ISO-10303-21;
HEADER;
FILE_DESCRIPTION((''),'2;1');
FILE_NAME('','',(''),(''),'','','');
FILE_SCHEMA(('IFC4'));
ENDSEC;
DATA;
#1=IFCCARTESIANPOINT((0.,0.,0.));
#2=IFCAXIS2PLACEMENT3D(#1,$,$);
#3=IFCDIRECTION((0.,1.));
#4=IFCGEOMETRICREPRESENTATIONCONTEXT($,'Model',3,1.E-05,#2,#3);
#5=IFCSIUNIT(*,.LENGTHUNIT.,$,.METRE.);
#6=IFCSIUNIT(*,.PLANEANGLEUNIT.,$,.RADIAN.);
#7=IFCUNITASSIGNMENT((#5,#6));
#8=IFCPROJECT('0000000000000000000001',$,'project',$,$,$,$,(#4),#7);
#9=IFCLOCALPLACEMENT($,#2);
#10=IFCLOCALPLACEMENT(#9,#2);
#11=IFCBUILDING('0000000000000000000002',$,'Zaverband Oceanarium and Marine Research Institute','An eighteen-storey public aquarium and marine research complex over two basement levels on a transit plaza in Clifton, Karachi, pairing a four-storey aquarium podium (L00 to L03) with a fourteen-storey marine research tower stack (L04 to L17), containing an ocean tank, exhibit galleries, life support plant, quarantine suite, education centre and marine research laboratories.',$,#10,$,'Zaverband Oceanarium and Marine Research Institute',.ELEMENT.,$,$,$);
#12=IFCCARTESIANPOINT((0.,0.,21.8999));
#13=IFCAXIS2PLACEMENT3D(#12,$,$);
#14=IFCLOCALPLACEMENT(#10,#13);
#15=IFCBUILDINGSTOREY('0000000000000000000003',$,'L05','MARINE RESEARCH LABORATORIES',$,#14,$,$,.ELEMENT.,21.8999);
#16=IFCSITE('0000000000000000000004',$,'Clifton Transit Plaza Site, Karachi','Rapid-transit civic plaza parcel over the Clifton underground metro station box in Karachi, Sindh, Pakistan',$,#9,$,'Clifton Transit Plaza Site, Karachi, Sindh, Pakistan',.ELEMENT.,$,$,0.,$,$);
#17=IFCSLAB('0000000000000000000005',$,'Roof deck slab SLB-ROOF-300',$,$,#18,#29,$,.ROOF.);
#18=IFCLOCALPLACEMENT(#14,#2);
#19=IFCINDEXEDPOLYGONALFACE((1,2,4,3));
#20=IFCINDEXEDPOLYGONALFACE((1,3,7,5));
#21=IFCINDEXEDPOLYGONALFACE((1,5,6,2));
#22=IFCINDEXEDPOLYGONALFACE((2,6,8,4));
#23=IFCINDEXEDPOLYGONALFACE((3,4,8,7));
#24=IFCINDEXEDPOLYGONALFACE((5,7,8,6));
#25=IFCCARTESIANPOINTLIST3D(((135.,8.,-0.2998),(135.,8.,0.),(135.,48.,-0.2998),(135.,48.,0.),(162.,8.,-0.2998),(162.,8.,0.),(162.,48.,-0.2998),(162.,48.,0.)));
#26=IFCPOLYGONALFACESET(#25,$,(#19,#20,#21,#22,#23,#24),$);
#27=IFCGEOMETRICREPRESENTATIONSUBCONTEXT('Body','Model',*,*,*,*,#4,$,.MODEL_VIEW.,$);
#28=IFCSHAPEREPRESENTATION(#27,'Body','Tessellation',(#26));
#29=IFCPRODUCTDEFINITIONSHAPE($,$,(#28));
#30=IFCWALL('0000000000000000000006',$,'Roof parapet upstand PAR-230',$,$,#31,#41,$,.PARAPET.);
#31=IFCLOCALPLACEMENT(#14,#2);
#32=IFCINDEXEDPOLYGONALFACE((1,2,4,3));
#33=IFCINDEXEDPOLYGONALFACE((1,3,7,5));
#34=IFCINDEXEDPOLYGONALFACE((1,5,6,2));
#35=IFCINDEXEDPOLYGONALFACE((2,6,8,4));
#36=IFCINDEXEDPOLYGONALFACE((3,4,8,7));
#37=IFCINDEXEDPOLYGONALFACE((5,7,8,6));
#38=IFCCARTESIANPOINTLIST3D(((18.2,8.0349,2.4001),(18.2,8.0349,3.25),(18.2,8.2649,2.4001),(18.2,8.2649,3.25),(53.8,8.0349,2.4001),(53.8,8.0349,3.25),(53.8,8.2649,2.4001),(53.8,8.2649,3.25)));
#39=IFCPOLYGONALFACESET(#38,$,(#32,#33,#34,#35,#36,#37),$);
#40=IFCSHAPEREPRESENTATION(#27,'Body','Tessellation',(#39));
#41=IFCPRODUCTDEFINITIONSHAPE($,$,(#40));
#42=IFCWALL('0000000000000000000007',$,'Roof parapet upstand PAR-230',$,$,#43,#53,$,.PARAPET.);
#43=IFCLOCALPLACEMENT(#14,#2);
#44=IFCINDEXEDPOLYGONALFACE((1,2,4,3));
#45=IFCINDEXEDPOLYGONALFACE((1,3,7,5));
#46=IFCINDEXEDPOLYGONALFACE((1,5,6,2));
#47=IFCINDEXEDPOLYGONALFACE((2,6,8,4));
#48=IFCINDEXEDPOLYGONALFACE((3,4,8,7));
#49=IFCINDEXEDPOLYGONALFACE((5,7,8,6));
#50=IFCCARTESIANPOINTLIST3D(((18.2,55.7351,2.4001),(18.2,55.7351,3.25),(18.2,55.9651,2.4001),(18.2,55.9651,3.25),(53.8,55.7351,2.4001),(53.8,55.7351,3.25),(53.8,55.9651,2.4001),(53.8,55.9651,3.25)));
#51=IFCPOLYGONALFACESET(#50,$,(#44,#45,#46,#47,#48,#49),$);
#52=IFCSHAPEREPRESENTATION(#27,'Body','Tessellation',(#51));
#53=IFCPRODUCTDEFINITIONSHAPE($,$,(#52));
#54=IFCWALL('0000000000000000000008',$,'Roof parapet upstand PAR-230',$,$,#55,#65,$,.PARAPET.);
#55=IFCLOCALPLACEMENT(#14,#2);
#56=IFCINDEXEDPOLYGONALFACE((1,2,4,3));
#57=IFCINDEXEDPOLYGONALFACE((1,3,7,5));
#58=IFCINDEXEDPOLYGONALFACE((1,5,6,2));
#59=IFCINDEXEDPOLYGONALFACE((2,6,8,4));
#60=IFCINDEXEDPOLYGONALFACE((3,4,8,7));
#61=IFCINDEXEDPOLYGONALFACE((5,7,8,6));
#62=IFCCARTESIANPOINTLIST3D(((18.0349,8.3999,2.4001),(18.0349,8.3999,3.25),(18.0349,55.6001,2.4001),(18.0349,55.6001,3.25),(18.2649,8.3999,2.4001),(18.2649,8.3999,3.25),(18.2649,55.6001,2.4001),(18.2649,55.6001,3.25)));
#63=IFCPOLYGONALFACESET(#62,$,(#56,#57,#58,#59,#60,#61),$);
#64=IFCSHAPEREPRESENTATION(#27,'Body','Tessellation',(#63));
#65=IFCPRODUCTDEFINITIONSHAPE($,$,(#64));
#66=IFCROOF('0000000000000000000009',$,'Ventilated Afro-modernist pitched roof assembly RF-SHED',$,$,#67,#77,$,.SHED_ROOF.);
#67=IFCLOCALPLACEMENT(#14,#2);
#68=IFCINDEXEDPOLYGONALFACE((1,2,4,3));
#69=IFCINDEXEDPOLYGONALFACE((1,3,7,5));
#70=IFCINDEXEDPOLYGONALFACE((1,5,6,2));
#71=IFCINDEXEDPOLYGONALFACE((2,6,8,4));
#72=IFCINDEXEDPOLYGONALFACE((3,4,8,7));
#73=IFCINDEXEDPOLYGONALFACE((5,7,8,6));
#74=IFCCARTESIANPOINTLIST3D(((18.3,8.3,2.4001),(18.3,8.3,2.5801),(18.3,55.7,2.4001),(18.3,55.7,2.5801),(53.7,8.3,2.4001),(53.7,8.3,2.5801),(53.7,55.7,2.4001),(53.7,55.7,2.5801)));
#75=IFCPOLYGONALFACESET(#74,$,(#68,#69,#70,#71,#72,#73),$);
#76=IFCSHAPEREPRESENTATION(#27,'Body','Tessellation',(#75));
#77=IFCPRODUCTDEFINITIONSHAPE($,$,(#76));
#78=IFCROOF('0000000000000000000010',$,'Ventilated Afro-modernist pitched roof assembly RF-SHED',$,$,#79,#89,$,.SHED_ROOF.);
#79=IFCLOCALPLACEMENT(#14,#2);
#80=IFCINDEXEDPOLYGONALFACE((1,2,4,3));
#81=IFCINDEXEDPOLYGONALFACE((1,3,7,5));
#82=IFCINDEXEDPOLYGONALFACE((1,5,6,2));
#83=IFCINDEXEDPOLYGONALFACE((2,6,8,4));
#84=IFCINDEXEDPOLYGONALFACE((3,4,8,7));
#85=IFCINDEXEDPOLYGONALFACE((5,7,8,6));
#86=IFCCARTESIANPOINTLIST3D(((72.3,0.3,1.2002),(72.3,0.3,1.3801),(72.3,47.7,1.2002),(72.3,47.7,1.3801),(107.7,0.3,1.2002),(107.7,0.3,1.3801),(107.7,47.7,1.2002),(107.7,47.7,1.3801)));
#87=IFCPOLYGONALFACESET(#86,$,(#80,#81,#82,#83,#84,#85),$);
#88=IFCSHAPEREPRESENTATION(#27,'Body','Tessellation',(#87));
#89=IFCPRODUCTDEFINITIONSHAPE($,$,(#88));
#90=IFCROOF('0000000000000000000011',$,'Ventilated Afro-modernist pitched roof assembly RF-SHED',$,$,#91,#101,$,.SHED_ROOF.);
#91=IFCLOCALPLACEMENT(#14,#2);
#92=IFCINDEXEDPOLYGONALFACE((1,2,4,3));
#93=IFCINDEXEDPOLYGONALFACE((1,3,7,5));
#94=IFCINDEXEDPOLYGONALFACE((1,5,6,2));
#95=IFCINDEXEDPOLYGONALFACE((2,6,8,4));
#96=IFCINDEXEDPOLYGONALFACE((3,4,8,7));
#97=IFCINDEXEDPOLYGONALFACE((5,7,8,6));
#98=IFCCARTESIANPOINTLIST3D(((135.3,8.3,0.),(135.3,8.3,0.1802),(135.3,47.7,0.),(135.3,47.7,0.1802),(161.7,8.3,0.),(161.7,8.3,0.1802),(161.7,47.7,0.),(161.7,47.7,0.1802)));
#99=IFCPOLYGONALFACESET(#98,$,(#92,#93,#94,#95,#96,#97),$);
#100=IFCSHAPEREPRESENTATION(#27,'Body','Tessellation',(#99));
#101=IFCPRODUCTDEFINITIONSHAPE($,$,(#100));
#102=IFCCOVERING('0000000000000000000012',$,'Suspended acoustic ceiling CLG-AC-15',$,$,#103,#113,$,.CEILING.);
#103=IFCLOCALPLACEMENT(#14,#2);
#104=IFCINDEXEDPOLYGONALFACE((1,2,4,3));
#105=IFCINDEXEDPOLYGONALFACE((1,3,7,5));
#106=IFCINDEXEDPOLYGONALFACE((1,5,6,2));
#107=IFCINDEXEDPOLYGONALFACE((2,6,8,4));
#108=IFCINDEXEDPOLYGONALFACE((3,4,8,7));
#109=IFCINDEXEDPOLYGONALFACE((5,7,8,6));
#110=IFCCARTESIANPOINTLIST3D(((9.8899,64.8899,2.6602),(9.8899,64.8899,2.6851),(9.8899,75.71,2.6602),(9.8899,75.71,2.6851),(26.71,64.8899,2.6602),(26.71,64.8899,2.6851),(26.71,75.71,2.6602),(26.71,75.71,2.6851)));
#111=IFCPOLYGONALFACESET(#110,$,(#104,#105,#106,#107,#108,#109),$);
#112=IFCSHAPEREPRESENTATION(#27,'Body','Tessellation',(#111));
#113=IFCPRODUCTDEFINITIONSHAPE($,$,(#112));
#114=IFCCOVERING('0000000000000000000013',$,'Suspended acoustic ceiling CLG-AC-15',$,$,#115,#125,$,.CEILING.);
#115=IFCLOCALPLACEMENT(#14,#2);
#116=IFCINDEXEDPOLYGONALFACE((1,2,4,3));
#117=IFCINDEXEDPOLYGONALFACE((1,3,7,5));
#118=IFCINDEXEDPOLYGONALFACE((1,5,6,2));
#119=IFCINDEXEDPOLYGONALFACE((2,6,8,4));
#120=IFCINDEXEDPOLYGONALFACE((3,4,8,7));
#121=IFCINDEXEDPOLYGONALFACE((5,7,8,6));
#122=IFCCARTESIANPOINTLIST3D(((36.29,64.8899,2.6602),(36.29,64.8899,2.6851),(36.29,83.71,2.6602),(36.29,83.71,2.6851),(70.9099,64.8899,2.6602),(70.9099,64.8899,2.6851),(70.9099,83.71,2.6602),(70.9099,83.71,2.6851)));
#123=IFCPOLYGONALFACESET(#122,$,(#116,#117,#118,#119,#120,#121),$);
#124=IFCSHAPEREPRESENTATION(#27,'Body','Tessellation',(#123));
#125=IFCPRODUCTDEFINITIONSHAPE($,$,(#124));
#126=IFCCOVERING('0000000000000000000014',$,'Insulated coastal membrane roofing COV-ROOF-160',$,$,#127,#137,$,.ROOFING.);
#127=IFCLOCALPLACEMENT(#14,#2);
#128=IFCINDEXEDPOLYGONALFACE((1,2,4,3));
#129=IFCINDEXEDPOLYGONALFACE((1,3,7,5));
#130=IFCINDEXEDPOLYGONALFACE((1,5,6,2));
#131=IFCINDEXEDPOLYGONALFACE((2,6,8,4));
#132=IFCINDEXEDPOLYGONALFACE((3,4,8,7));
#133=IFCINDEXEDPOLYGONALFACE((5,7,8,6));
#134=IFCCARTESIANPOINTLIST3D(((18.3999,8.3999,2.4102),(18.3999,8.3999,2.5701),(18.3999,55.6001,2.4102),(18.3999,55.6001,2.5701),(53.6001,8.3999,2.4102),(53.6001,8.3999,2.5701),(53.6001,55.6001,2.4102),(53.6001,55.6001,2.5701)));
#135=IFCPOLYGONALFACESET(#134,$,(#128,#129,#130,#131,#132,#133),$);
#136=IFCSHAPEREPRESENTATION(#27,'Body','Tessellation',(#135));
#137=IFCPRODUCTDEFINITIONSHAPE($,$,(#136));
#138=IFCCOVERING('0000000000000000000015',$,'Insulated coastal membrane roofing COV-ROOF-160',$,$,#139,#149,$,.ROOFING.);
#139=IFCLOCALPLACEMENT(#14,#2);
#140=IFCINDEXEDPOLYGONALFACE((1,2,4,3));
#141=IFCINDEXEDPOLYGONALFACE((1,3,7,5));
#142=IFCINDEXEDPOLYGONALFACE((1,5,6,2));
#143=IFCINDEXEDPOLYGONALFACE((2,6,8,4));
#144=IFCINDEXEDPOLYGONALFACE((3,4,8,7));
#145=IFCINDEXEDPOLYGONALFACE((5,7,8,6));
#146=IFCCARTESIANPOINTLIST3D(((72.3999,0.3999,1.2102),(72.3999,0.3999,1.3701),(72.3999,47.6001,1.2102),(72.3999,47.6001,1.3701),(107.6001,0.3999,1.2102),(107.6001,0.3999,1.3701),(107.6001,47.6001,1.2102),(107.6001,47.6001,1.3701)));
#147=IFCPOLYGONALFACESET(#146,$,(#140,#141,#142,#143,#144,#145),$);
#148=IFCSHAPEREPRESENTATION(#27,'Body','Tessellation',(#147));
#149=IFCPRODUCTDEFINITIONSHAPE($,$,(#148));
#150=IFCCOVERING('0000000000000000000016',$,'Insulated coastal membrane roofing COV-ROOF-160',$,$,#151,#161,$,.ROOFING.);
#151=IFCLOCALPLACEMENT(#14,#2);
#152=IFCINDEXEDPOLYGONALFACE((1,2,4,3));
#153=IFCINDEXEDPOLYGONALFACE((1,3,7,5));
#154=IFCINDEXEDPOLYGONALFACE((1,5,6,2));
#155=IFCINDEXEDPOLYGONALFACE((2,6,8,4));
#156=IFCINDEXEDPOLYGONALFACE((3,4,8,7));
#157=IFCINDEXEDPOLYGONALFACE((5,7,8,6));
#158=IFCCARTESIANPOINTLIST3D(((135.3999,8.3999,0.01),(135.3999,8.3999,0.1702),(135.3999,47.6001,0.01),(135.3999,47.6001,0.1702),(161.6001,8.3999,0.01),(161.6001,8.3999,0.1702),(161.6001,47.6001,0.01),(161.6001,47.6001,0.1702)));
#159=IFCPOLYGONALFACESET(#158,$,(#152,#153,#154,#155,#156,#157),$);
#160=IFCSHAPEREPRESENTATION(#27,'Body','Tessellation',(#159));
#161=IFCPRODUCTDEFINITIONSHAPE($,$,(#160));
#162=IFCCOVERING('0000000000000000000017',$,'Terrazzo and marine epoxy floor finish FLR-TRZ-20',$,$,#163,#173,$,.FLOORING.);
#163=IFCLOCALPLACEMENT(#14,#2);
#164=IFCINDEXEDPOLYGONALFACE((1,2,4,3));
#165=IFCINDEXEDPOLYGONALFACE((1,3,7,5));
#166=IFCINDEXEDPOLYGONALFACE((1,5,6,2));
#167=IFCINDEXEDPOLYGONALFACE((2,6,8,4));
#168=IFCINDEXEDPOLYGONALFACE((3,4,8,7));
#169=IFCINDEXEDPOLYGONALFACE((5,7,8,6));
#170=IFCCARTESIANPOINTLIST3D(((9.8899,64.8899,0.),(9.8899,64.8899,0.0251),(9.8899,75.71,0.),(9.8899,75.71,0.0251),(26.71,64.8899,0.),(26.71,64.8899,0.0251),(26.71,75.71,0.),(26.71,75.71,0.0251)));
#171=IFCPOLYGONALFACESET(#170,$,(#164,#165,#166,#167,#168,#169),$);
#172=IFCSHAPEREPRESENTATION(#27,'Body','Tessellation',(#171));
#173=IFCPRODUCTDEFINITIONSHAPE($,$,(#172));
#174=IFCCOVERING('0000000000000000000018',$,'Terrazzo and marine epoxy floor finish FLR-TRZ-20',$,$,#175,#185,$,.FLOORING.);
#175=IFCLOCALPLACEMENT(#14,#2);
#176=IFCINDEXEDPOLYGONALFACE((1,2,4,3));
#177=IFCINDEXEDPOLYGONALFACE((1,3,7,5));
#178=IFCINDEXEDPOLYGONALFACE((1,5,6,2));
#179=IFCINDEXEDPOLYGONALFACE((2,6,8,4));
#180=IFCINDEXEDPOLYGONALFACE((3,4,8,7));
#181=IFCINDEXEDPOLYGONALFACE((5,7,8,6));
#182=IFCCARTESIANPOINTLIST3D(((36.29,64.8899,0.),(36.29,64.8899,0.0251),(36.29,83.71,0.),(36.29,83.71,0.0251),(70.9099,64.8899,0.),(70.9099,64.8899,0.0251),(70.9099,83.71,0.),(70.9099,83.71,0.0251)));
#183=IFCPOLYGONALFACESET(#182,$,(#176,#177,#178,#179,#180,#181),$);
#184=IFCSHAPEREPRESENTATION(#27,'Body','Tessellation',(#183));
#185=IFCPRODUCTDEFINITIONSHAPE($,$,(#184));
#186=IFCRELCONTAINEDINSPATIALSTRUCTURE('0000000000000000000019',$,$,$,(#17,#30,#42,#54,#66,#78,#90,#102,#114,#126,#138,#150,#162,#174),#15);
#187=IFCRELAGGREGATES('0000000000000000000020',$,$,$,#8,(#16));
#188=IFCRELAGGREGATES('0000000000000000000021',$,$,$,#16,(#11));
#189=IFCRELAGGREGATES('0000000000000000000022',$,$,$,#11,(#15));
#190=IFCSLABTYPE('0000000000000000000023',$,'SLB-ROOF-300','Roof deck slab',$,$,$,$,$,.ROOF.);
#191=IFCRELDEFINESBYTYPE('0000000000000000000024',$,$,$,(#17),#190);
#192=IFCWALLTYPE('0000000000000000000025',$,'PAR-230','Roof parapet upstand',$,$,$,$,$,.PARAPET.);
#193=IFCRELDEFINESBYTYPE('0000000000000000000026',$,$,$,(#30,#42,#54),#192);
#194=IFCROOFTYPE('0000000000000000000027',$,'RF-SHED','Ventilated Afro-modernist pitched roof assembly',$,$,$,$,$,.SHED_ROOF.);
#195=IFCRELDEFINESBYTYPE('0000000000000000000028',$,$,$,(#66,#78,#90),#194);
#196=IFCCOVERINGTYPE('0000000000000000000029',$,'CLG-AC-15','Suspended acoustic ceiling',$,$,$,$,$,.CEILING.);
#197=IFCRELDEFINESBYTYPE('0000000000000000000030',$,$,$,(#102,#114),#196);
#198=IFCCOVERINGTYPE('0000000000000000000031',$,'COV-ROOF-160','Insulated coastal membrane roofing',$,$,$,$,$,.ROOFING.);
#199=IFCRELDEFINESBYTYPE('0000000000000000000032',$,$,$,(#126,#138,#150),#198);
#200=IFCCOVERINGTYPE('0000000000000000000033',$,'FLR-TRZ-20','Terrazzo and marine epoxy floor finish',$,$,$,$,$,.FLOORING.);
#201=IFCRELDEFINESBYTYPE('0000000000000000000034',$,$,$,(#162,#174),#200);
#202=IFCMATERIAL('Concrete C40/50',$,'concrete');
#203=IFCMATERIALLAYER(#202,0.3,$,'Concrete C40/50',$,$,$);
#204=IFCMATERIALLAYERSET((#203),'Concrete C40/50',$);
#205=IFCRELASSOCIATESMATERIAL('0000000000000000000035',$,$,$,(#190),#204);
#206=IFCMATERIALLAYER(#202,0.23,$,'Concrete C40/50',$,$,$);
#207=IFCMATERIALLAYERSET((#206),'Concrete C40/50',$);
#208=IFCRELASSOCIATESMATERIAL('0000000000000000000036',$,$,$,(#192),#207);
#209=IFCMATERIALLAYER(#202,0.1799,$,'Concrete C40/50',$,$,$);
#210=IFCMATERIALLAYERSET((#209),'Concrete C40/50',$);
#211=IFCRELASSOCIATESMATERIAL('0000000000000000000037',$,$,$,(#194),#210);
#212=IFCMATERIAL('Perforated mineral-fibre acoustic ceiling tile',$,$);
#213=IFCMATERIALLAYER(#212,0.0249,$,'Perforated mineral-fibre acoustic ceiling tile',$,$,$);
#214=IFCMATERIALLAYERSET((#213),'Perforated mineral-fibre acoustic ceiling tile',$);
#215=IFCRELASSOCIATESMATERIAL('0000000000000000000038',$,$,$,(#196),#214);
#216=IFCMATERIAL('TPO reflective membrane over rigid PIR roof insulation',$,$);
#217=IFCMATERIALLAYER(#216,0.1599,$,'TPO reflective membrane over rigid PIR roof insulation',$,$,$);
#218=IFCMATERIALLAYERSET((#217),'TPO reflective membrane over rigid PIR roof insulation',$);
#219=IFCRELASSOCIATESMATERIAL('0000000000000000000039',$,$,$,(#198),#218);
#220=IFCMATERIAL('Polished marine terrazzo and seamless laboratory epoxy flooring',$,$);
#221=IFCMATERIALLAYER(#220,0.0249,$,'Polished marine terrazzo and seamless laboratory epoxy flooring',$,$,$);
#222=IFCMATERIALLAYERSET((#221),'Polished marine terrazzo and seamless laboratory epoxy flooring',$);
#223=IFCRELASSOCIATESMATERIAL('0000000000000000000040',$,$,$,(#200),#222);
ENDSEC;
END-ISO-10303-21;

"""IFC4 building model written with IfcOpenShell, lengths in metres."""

from ifc_helpers import new_model, si_unit, direction, frame, frame_2d, origin, place, context, subcontext, project, spatial, polyline, rectangle, outline, extrude, material, layer, layer_set, type_object, element, save


model = new_model("IFC4")

# Units and contexts
model_context = context("Model", 3, precision=1e-05, world=origin(), true_north=direction((0.0, 1.0)))
body_context = subcontext(model_context, "Body", "Model", "MODEL_VIEW")
ifc_project = project(units=[si_unit("LENGTHUNIT", "METRE"), si_unit("PLANEANGLEUNIT", "RADIAN")], contexts=[model_context])

# Site, building, storey
site_placement = place(None, origin())
site = spatial("IfcSite", under=ifc_project, at=site_placement, Name="Clifton Transit Plaza Site, Karachi", Description="Rapid-transit civic plaza parcel over the Clifton underground metro station box in Karachi, Sindh, Pakistan", LongName="Clifton Transit Plaza Site, Karachi, Sindh, Pakistan", CompositionType="ELEMENT", RefElevation=0.0)
building_placement = place(site_placement, origin())
building = spatial("IfcBuilding", under=site, at=building_placement, Name="Zaverband Oceanarium and Marine Research Institute", Description="An eighteen-storey public aquarium and marine research complex over two basement levels on a transit plaza in Clifton, Karachi, pairing a four-storey aquarium podium (L00 to L03) with a fourteen-storey marine research tower stack (L04 to L17), containing an ocean tank, exhibit galleries, life support plant, quarantine suite, education centre and marine research laboratories.", LongName="Zaverband Oceanarium and Marine Research Institute", CompositionType="ELEMENT")
storey_placement = place(building_placement, frame((0.0, 0.0, 21.8999)))
storey = spatial("IfcBuildingStorey", under=building, at=storey_placement, Name="L05", Description="MARINE RESEARCH LABORATORIES", CompositionType="ELEMENT", Elevation=21.8999)

# Shared definitions
ifc_material_1 = material(Name="Concrete C40/50", Category="concrete")

# Slab
ifc_layer_1 = layer(ifc_material_1, 0.3, Name="Concrete C40/50")
ifc_layer_set_1 = layer_set([ifc_layer_1], Name="Concrete C40/50")
slab_type_1 = type_object("IfcSlabType", Name="SLB-ROOF-300", Description="Roof deck slab", PredefinedType="ROOF", material=ifc_layer_set_1)
slab_1_placement = place(storey_placement, frame((0.0, 0.0, -0.2998)))
element("IfcSlab", 1, at=slab_1_placement, inside=storey, type_object=slab_type_1, Name="Roof deck slab SLB-ROOF-300", PredefinedType="ROOF", context=body_context, shape_type="SweptSolid", body=[
    extrude(outline(polyline([(135.0, 8.0), (162.0, 8.0), (162.0, 48.0), (135.0, 48.0), (135.0, 8.0)])), origin(), (0.0, 0.0, 1.0), 0.2998),
])

# Walls
ifc_layer_2 = layer(ifc_material_1, 0.23, Name="Concrete C40/50")
ifc_layer_set_2 = layer_set([ifc_layer_2], Name="Concrete C40/50")
wall_type = type_object("IfcWallType", Name="PAR-230", Description="Roof parapet upstand", PredefinedType="PARAPET", material=ifc_layer_set_2)
for number, where, z_axis, x_axis, name in (
    (2, (18.2, 8.1499, 2.4001), (0.0, 0.0, 1.0), (1.0, 0.0, 0.0), "Roof parapet upstand PAR-230"),
    (3, (18.2, 55.8501, 2.4001), (0.0, 0.0, 1.0), (1.0, 0.0, 0.0), "Roof parapet upstand PAR-230"),
):
    element("IfcWall", number, at=place(storey_placement, frame(where, z_axis=z_axis, x_axis=x_axis)), inside=storey, type_object=wall_type, Name=name, PredefinedType="PARAPET", context=body_context, shape_type="SweptSolid", body=[
        extrude(rectangle(XDim=35.6001, YDim=0.23, at=frame_2d((17.8, 0.0))), origin(), (0.0, 0.0, 1.0), 0.8499),
    ])
wall_placement = place(storey_placement, frame((18.1499, 8.3999, 2.4001), z_axis=(0.0, 0.0, 1.0), x_axis=(0.0, 1.0, 0.0)))
element("IfcWall", 4, at=wall_placement, inside=storey, type_object=wall_type, Name="Roof parapet upstand PAR-230", PredefinedType="PARAPET", context=body_context, shape_type="SweptSolid", body=[
    extrude(rectangle(XDim=47.2002, YDim=0.23, at=frame_2d((23.6001, 0.0))), origin(), (0.0, 0.0, 1.0), 0.8499),
])

# Roofs
ifc_layer_3 = layer(ifc_material_1, 0.1799, Name="Concrete C40/50")
ifc_layer_set_3 = layer_set([ifc_layer_3], Name="Concrete C40/50")
roof_type = type_object("IfcRoofType", Name="RF-SHED", Description="Ventilated Afro-modernist pitched roof assembly", PredefinedType="SHED_ROOF", material=ifc_layer_set_3)
roof_1_placement = place(storey_placement, frame((0.0, 0.0, 2.4001)))
element("IfcRoof", 5, at=roof_1_placement, inside=storey, type_object=roof_type, Name="Ventilated Afro-modernist pitched roof assembly RF-SHED", PredefinedType="SHED_ROOF", context=body_context, shape_type="SweptSolid", body=[
    extrude(outline(polyline([(18.3, 8.3), (53.7, 8.3), (53.7, 55.7), (18.3, 55.7), (18.3, 8.3)])), origin(), (0.0, 0.0, 1.0), 0.1799),
])
roof_2_placement = place(storey_placement, frame((0.0, 0.0, 1.2002)))
element("IfcRoof", 6, at=roof_2_placement, inside=storey, type_object=roof_type, Name="Ventilated Afro-modernist pitched roof assembly RF-SHED", PredefinedType="SHED_ROOF", context=body_context, shape_type="SweptSolid", body=[
    extrude(outline(polyline([(72.3, 0.3), (107.7, 0.3), (107.7, 47.7), (72.3, 47.7), (72.3, 0.3)])), origin(), (0.0, 0.0, 1.0), 0.1799),
])
roof_3_placement = place(storey_placement, origin())
element("IfcRoof", 7, at=roof_3_placement, inside=storey, type_object=roof_type, Name="Ventilated Afro-modernist pitched roof assembly RF-SHED", PredefinedType="SHED_ROOF", context=body_context, shape_type="SweptSolid", body=[
    extrude(outline(polyline([(135.3, 8.3), (161.7, 8.3), (161.7, 47.7), (135.3, 47.7), (135.3, 8.3)])), origin(), (0.0, 0.0, 1.0), 0.1802),
])

# Coverings
ifc_material_2 = material(Name="Perforated mineral-fibre acoustic ceiling tile")
ifc_layer_4 = layer(ifc_material_2, 0.0249, Name="Perforated mineral-fibre acoustic ceiling tile")
ifc_layer_set_4 = layer_set([ifc_layer_4], Name="Perforated mineral-fibre acoustic ceiling tile")
covering_type_1 = type_object("IfcCoveringType", Name="CLG-AC-15", Description="Suspended acoustic ceiling", PredefinedType="CEILING", material=ifc_layer_set_4)
covering_1_placement = place(storey_placement, frame((0.0, 0.0, 2.6602)))
element("IfcCovering", 8, at=covering_1_placement, inside=storey, type_object=covering_type_1, Name="Suspended acoustic ceiling CLG-AC-15", PredefinedType="CEILING", context=body_context, shape_type="SweptSolid", body=[
    extrude(outline(polyline([(9.8899, 64.8899), (26.71, 64.8899), (26.71, 75.71), (9.8899, 75.71), (9.8899, 64.8899)])), origin(), (0.0, 0.0, 1.0), 0.0249),
])
covering_2_placement = place(storey_placement, frame((0.0, 0.0, 2.6602)))
element("IfcCovering", 9, at=covering_2_placement, inside=storey, type_object=covering_type_1, Name="Suspended acoustic ceiling CLG-AC-15", PredefinedType="CEILING", context=body_context, shape_type="SweptSolid", body=[
    extrude(outline(polyline([(36.29, 64.8899), (70.9099, 64.8899), (70.9099, 83.71), (36.29, 83.71), (36.29, 64.8899)])), origin(), (0.0, 0.0, 1.0), 0.0249),
])
ifc_material_3 = material(Name="TPO reflective membrane over rigid PIR roof insulation")
ifc_layer_5 = layer(ifc_material_3, 0.1599, Name="TPO reflective membrane over rigid PIR roof insulation")
ifc_layer_set_5 = layer_set([ifc_layer_5], Name="TPO reflective membrane over rigid PIR roof insulation")
covering_type_2 = type_object("IfcCoveringType", Name="COV-ROOF-160", Description="Insulated coastal membrane roofing", PredefinedType="ROOFING", material=ifc_layer_set_5)
covering_3_placement = place(storey_placement, frame((0.0, 0.0, 2.4102)))
element("IfcCovering", 10, at=covering_3_placement, inside=storey, type_object=covering_type_2, Name="Insulated coastal membrane roofing COV-ROOF-160", PredefinedType="ROOFING", context=body_context, shape_type="SweptSolid", body=[
    extrude(outline(polyline([(18.3999, 8.3999), (53.6001, 8.3999), (53.6001, 55.6001), (18.3999, 55.6001), (18.3999, 8.3999)])), origin(), (0.0, 0.0, 1.0), 0.1599),
])
covering_4_placement = place(storey_placement, frame((0.0, 0.0, 1.2102)))
element("IfcCovering", 11, at=covering_4_placement, inside=storey, type_object=covering_type_2, Name="Insulated coastal membrane roofing COV-ROOF-160", PredefinedType="ROOFING", context=body_context, shape_type="SweptSolid", body=[
    extrude(outline(polyline([(72.3999, 0.3999), (107.6001, 0.3999), (107.6001, 47.6001), (72.3999, 47.6001), (72.3999, 0.3999)])), origin(), (0.0, 0.0, 1.0), 0.1599),
])
covering_5_placement = place(storey_placement, frame((0.0, 0.0, 0.01)))
element("IfcCovering", 12, at=covering_5_placement, inside=storey, type_object=covering_type_2, Name="Insulated coastal membrane roofing COV-ROOF-160", PredefinedType="ROOFING", context=body_context, shape_type="SweptSolid", body=[
    extrude(outline(polyline([(135.3999, 8.3999), (161.6001, 8.3999), (161.6001, 47.6001), (135.3999, 47.6001), (135.3999, 8.3999)])), origin(), (0.0, 0.0, 1.0), 0.1602),
])
ifc_material_4 = material(Name="Polished marine terrazzo and seamless laboratory epoxy flooring")
ifc_layer_6 = layer(ifc_material_4, 0.0249, Name="Polished marine terrazzo and seamless laboratory epoxy flooring")
ifc_layer_set_6 = layer_set([ifc_layer_6], Name="Polished marine terrazzo and seamless laboratory epoxy flooring")
covering_type_3 = type_object("IfcCoveringType", Name="FLR-TRZ-20", Description="Terrazzo and marine epoxy floor finish", PredefinedType="FLOORING", material=ifc_layer_set_6)
covering_6_placement = place(storey_placement, origin())
element("IfcCovering", 13, at=covering_6_placement, inside=storey, type_object=covering_type_3, Name="Terrazzo and marine epoxy floor finish FLR-TRZ-20", PredefinedType="FLOORING", context=body_context, shape_type="SweptSolid", body=[
    extrude(outline(polyline([(9.8899, 64.8899), (26.71, 64.8899), (26.71, 75.71), (9.8899, 75.71), (9.8899, 64.8899)])), origin(), (0.0, 0.0, 1.0), 0.0251),
])
covering_7_placement = place(storey_placement, origin())
element("IfcCovering", 14, at=covering_7_placement, inside=storey, type_object=covering_type_3, Name="Terrazzo and marine epoxy floor finish FLR-TRZ-20", PredefinedType="FLOORING", context=body_context, shape_type="SweptSolid", body=[
    extrude(outline(polyline([(36.29, 64.8899), (70.9099, 64.8899), (70.9099, 83.71), (36.29, 83.71), (36.29, 64.8899)])), origin(), (0.0, 0.0, 1.0), 0.0251),
])

save(model, "model.ifc")
